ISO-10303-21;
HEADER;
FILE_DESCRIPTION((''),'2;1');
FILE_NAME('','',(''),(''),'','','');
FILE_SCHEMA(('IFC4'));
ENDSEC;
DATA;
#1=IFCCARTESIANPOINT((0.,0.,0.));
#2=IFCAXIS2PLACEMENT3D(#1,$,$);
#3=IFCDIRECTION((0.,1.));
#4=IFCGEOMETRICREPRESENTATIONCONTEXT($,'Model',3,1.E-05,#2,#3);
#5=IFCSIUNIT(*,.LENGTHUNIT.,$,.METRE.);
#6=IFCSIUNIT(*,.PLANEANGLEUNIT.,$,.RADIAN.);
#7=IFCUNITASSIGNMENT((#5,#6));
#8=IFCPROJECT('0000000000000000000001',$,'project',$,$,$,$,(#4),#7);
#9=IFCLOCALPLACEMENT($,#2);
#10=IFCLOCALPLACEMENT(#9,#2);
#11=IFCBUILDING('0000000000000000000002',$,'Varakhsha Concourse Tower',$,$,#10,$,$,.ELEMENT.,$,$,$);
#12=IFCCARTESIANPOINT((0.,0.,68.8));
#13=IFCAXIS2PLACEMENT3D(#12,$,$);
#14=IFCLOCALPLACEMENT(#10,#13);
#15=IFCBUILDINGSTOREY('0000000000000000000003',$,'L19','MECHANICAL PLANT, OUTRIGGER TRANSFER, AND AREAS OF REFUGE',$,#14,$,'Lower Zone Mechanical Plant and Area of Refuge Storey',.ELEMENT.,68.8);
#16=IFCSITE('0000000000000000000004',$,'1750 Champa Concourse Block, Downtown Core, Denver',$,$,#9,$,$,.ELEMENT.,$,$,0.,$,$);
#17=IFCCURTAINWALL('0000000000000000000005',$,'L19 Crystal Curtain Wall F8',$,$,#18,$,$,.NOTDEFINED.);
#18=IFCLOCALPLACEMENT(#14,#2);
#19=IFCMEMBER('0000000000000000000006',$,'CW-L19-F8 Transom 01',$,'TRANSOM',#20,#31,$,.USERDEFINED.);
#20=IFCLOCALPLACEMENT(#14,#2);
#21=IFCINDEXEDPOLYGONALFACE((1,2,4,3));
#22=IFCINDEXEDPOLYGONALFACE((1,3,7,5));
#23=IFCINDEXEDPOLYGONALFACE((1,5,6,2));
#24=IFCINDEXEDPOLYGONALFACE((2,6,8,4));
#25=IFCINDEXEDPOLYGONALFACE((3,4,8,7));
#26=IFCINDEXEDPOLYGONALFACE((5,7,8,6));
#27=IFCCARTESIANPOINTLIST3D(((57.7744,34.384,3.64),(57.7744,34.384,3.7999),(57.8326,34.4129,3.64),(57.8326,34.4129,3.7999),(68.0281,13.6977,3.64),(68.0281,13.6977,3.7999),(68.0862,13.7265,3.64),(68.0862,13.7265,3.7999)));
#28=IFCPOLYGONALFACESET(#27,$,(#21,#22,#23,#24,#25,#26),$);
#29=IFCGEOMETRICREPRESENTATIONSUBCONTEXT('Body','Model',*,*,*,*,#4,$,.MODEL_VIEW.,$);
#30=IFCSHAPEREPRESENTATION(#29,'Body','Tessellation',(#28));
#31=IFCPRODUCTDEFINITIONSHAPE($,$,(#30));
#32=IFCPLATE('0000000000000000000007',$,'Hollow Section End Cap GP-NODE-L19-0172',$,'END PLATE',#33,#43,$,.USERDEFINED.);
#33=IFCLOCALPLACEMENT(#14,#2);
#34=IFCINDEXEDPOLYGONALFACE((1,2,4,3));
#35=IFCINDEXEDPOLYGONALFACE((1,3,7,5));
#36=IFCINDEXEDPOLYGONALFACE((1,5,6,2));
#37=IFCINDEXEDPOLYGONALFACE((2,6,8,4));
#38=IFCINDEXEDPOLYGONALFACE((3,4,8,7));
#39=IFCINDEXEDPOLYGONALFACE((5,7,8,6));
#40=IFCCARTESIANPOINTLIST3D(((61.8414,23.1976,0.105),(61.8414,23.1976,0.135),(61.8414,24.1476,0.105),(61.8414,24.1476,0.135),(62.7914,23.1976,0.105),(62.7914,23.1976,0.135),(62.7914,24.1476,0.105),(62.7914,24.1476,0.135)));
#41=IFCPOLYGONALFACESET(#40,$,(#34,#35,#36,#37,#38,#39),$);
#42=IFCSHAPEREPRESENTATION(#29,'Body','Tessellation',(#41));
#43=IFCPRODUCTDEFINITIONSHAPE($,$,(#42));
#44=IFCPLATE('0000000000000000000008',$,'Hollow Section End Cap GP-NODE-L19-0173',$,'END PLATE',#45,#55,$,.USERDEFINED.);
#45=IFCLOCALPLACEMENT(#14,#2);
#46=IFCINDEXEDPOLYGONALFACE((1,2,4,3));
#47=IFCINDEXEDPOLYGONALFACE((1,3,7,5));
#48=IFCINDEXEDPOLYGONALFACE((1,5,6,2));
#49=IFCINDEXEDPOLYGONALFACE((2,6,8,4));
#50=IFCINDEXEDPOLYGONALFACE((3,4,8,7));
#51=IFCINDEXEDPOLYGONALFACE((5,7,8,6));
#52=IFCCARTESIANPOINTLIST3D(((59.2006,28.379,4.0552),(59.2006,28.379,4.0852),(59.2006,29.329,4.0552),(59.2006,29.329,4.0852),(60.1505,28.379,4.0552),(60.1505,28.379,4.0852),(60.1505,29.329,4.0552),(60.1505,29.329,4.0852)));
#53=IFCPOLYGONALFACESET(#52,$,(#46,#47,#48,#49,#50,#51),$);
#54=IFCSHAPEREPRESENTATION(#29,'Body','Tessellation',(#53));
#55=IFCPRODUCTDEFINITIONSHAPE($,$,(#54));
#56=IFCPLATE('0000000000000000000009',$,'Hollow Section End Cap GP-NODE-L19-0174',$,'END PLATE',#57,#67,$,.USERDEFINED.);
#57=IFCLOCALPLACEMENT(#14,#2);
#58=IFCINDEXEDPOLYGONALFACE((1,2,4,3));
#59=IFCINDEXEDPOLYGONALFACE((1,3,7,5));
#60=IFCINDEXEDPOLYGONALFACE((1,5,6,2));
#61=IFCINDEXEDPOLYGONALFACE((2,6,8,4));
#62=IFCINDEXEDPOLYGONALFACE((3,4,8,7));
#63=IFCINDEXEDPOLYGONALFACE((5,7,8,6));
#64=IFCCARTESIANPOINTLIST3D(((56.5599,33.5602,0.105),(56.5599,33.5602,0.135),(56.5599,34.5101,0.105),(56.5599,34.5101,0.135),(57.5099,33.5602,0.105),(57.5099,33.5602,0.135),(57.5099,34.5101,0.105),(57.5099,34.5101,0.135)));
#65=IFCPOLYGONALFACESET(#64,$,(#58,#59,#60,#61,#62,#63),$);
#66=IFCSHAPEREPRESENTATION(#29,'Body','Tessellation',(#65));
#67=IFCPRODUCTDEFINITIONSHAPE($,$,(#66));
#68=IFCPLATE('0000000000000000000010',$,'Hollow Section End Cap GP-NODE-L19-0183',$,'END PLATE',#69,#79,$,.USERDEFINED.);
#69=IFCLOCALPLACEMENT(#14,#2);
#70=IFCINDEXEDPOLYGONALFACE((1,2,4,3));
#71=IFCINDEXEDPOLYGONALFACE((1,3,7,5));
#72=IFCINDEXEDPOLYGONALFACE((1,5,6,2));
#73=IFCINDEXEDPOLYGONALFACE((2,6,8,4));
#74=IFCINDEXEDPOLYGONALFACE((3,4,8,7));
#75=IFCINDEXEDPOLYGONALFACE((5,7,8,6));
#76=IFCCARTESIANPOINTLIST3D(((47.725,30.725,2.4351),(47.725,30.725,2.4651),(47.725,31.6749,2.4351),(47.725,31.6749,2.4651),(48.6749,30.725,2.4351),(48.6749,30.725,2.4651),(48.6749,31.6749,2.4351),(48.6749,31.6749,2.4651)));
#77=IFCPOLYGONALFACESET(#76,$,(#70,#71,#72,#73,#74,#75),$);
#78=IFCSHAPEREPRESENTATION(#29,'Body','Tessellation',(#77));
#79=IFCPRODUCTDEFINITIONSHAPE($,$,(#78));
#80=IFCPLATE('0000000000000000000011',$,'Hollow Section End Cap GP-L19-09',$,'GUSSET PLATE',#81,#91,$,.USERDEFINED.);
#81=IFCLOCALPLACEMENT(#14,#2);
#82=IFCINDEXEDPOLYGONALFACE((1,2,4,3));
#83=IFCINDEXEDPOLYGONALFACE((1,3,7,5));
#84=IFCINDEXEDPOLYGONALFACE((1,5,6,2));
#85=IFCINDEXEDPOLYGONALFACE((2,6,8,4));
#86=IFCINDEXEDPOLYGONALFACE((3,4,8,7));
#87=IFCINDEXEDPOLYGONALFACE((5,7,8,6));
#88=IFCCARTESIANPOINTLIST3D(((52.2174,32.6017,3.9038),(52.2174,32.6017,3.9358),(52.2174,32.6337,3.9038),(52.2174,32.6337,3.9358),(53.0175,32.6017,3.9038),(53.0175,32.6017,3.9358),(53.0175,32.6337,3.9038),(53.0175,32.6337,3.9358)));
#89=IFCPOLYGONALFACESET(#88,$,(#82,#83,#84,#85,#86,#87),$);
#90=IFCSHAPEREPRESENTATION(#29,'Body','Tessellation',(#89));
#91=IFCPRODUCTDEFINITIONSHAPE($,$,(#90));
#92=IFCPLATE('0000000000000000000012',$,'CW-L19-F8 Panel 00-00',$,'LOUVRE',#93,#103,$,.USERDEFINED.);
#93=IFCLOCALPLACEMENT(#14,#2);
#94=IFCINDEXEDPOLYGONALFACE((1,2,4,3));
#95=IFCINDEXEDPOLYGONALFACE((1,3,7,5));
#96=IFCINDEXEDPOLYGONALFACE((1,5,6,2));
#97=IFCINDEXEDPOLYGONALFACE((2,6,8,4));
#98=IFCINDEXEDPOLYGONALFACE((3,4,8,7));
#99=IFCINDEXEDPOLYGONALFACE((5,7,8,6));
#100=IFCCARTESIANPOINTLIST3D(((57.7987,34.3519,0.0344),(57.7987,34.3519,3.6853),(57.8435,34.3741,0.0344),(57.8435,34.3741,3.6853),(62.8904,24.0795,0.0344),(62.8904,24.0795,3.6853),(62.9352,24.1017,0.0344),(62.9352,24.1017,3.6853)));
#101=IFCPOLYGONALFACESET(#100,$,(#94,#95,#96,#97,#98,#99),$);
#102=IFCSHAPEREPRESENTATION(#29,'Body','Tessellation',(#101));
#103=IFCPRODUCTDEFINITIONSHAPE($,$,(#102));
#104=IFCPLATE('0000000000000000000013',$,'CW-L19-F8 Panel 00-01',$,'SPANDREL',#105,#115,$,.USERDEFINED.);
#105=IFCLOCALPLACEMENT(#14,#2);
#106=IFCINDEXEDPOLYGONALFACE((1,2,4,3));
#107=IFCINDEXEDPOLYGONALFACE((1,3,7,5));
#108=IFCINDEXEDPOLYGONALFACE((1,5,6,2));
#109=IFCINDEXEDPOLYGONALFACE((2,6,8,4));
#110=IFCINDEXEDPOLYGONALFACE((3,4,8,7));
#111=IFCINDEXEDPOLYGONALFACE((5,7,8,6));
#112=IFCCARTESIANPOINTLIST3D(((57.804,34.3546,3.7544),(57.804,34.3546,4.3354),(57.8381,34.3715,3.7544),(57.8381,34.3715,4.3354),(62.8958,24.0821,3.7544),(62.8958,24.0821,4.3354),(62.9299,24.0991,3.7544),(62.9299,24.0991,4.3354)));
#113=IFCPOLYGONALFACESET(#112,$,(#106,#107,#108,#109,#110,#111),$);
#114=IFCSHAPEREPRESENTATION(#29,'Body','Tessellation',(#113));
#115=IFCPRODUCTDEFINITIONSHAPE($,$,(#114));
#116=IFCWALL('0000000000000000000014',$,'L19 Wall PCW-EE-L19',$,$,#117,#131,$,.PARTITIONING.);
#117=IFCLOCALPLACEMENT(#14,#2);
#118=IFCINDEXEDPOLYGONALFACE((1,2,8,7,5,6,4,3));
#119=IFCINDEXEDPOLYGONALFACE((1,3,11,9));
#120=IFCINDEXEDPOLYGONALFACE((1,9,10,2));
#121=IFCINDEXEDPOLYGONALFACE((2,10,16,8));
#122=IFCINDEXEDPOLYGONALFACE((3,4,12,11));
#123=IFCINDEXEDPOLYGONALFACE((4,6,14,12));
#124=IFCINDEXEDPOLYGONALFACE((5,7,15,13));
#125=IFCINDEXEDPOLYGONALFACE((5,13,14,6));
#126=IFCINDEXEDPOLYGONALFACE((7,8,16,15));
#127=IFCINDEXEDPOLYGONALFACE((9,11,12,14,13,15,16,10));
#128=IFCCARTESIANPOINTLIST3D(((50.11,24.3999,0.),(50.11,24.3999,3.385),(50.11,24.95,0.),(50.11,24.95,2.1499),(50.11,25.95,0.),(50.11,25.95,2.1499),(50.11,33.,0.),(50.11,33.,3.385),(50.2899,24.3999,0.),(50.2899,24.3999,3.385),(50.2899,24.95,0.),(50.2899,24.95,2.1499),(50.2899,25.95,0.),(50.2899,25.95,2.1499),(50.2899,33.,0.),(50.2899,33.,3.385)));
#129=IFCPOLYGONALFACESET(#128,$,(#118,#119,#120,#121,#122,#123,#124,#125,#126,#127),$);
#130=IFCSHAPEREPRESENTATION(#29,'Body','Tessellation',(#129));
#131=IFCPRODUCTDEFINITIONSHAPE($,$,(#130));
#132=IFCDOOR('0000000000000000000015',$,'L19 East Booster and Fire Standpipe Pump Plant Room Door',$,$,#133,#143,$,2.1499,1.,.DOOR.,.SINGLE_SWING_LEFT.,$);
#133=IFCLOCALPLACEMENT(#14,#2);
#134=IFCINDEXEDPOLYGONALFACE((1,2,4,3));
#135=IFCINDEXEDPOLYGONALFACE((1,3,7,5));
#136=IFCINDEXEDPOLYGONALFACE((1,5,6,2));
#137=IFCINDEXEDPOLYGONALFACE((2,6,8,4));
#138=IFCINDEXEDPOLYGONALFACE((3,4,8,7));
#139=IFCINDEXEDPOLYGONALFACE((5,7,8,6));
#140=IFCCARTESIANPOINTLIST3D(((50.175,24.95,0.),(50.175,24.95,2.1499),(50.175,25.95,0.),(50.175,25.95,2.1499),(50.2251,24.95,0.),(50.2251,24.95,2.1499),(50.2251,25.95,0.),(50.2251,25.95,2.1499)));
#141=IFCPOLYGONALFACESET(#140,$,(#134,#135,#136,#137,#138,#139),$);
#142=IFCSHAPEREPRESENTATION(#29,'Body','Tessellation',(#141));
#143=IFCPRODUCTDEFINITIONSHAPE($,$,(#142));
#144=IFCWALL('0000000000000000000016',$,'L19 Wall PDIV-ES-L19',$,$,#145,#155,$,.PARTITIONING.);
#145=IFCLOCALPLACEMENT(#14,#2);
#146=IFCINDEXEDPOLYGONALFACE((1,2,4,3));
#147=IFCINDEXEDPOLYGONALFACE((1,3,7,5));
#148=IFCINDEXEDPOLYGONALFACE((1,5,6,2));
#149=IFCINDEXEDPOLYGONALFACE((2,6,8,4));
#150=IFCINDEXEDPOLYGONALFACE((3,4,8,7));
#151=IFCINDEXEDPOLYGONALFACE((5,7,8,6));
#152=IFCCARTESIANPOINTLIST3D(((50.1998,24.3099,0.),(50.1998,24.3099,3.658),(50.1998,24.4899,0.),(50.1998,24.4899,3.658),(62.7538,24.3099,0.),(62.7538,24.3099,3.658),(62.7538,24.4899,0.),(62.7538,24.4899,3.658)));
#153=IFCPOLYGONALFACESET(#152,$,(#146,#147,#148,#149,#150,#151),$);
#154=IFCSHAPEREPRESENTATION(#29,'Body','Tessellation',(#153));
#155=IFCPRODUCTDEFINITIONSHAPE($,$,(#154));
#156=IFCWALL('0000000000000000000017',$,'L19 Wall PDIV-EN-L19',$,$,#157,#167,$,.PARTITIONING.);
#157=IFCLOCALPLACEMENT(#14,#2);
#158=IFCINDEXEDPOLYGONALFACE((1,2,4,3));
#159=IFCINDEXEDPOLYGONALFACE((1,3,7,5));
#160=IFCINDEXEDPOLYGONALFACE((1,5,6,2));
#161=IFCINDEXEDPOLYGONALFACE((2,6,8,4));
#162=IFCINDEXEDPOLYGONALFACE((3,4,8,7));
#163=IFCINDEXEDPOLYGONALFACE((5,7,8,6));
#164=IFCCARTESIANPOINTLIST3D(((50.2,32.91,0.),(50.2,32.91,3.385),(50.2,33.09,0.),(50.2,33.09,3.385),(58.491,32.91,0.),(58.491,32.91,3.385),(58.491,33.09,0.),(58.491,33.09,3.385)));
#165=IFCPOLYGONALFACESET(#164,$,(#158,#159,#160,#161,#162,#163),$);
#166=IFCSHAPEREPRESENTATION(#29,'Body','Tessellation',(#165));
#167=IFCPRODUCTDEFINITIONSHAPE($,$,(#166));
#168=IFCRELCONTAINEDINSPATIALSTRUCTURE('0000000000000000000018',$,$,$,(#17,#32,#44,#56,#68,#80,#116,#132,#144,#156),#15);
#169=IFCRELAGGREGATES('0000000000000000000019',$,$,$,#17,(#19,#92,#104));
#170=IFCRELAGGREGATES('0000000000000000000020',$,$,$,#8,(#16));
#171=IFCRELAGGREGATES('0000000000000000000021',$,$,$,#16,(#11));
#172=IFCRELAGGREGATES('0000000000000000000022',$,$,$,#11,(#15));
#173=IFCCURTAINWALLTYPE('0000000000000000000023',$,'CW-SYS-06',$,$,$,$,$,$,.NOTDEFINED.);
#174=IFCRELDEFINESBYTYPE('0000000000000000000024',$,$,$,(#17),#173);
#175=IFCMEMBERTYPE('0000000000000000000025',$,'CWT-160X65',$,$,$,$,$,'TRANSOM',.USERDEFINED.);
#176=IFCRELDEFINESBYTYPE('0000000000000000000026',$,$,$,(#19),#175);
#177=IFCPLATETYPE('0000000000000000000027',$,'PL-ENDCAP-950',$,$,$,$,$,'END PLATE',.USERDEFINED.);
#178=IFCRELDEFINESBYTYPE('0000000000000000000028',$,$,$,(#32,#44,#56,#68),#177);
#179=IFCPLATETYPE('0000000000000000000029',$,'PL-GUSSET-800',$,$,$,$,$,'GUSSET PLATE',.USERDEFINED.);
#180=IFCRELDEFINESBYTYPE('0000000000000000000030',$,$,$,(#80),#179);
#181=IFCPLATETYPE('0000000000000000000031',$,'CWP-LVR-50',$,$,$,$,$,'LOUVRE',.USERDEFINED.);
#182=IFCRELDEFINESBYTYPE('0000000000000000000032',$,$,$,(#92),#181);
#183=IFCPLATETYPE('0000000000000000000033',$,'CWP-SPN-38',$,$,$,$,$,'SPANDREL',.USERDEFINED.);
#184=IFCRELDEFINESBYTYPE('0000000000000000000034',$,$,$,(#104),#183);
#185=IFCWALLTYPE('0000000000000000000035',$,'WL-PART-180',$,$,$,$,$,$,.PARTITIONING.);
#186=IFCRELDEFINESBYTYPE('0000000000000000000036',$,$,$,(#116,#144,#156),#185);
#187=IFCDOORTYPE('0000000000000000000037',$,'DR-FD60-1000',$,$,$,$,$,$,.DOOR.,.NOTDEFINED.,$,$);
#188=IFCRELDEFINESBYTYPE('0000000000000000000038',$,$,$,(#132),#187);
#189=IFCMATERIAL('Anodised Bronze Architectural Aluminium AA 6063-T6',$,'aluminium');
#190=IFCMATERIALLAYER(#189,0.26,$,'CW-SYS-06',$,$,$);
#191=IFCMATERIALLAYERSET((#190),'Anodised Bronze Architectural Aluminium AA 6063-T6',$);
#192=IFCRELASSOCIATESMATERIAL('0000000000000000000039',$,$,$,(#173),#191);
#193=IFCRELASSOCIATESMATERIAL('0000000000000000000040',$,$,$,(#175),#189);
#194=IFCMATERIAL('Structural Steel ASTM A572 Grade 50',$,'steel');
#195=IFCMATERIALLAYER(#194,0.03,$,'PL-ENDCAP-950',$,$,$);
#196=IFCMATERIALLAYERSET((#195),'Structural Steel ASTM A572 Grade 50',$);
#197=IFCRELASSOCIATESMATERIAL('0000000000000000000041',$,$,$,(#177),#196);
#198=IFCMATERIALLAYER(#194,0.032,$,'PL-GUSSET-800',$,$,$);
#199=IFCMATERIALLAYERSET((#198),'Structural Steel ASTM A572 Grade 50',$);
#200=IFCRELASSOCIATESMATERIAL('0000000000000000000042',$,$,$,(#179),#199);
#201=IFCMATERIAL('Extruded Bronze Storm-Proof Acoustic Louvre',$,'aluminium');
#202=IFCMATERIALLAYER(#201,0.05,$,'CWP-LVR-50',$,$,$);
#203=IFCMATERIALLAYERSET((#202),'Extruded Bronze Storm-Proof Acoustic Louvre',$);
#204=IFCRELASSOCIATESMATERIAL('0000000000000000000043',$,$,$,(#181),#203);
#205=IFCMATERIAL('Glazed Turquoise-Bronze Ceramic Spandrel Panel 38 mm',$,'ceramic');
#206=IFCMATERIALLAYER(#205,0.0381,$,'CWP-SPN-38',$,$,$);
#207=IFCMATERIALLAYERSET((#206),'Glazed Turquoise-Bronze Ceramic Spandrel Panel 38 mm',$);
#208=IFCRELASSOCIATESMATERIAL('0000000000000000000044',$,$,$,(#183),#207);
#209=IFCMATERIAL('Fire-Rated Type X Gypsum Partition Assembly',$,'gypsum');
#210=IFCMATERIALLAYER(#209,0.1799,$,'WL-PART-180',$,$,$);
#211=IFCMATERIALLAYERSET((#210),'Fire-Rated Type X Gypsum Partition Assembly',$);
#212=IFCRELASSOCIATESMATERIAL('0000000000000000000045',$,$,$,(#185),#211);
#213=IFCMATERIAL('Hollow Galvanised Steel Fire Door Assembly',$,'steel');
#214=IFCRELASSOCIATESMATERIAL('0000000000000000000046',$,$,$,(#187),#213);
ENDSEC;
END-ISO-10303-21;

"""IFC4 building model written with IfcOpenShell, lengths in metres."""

from ifc_helpers import new_model, si_unit, direction, frame, frame_2d, origin, origin_2d, place, context, subcontext, project, spatial, rectangle, extrude, source, transform, mapped, material, layer, layer_set, material_profile, profile_set, type_object, type_shapes, element, fill, aggregate, save


model = new_model("IFC4")

# Units and contexts
model_context = context("Model", 3, precision=1e-05, world=origin(), true_north=direction((0.0, 1.0)))
body_context = subcontext(model_context, "Body", "Model", "MODEL_VIEW")
ifc_project = project(units=[si_unit("LENGTHUNIT", "METRE"), si_unit("PLANEANGLEUNIT", "RADIAN")], contexts=[model_context])

# Site, building, storey
site_placement = place(None, origin())
site = spatial("IfcSite", under=ifc_project, at=site_placement, Name="1750 Champa Concourse Block, Downtown Core, Denver", CompositionType="ELEMENT", RefElevation=0.0)
building_placement = place(site_placement, origin())
building = spatial("IfcBuilding", under=site, at=building_placement, Name="Varakhsha Concourse Tower", CompositionType="ELEMENT")
storey_placement = place(building_placement, frame((0.0, 0.0, 68.8)))
storey = spatial("IfcBuildingStorey", under=building, at=storey_placement, Name="L19", Description="MECHANICAL PLANT, OUTRIGGER TRANSFER, AND AREAS OF REFUGE", LongName="Lower Zone Mechanical Plant and Area of Refuge Storey", CompositionType="ELEMENT", Elevation=68.8)

# Shared definitions
ifc_material_1 = material(Name="Structural Steel ASTM A572 Grade 50", Category="steel")

# Curtain wall
ifc_material_2 = material(Name="Anodised Bronze Architectural Aluminium AA 6063-T6", Category="aluminium")
ifc_layer_1 = layer(ifc_material_2, 0.26, Name="CW-SYS-06")
ifc_layer_set_1 = layer_set([ifc_layer_1], Name="Anodised Bronze Architectural Aluminium AA 6063-T6")
curtain_wall_type = type_object("IfcCurtainWallType", Name="CW-SYS-06", PredefinedType="NOTDEFINED", material=ifc_layer_set_1)
curtain_wall_1_placement = place(storey_placement, origin())
curtain_wall_1 = element("IfcCurtainWall", 1, at=curtain_wall_1_placement, inside=storey, type_object=curtain_wall_type, Name="L19 Crystal Curtain Wall F8", PredefinedType="NOTDEFINED")

# Member
ifc_material_profile_1 = material_profile(ifc_material_2, rectangle(XDim=0.0649, YDim=0.1599, at=origin_2d()), Name="CWT-160X65")
ifc_profile_set_1 = profile_set([ifc_material_profile_1], Name="Anodised Bronze Architectural Aluminium AA 6063-T6")
member_type_1 = type_object("IfcMemberType", Name="CWT-160X65", ElementType="TRANSOM", PredefinedType="USERDEFINED", material=ifc_profile_set_1)
shared_shape_1 = source(origin(), body_context, "Body", "SweptSolid", [
    extrude(rectangle(XDim=0.0649, YDim=0.1599, at=origin_2d()), origin(), (0.0, 0.0, 1.0), 23.0881),
])
type_shapes(member_type_1, [shared_shape_1])
member_1_placement = place(storey_placement, frame((57.8035, 34.3984, 3.72), z_axis=(0.444111, -0.895972, 0.0), x_axis=(0.895972, 0.444111, 0.0)))
member_1 = element("IfcMember", 2, at=member_1_placement, type_object=member_type_1, Name="CW-L19-F8 Transom 01", ObjectType="TRANSOM", PredefinedType="USERDEFINED", context=body_context, shape_type="MappedRepresentation", body=[
    mapped(shared_shape_1, transform((0.0, 0.0, 0.0), scale=1.0)),
])

# Plates
ifc_layer_2 = layer(ifc_material_1, 0.03, Name="PL-ENDCAP-950")
ifc_layer_set_2 = layer_set([ifc_layer_2], Name="Structural Steel ASTM A572 Grade 50")
plate_type_1 = type_object("IfcPlateType", Name="PL-ENDCAP-950", ElementType="END PLATE", PredefinedType="USERDEFINED", material=ifc_layer_set_2)
shared_shape_2 = source(origin(), body_context, "Body", "SweptSolid", [
    extrude(rectangle(XDim=0.95, YDim=0.95, at=origin_2d()), origin(), (0.0, 0.0, 1.0), 0.03),
])
type_shapes(plate_type_1, [shared_shape_2])
for number, where, z_axis, x_axis, name in (
    (3, (62.3164, 23.6726, 0.105), (0.0, 0.0, 1.0), (1.0, 0.0, 0.0), "Hollow Section End Cap GP-NODE-L19-0172"),
    (4, (59.6755, 28.854, 4.0552), (0.0, 0.0, 1.0), (1.0, 0.0, 0.0), "Hollow Section End Cap GP-NODE-L19-0173"),
    (5, (57.0349, 34.0352, 0.105), (0.0, 0.0, 1.0), (1.0, 0.0, 0.0), "Hollow Section End Cap GP-NODE-L19-0174"),
    (6, (48.2, 31.2, 2.4351), (0.0, 0.0, 1.0), (1.0, 0.0, 0.0), "Hollow Section End Cap GP-NODE-L19-0183"),
):
    element("IfcPlate", number, at=place(storey_placement, frame(where, z_axis=z_axis, x_axis=x_axis)), inside=storey, type_object=plate_type_1, Name=name, ObjectType="END PLATE", PredefinedType="USERDEFINED", context=body_context, shape_type="MappedRepresentation", body=[
        mapped(shared_shape_2, transform((0.0, 0.0, 0.0), scale=1.0)),
    ])
ifc_layer_3 = layer(ifc_material_1, 0.032, Name="PL-GUSSET-800")
ifc_layer_set_3 = layer_set([ifc_layer_3], Name="Structural Steel ASTM A572 Grade 50")
plate_type_2 = type_object("IfcPlateType", Name="PL-GUSSET-800", ElementType="GUSSET PLATE", PredefinedType="USERDEFINED", material=ifc_layer_set_3)
shared_shape_3 = source(origin(), body_context, "Body", "SweptSolid", [
    extrude(rectangle(XDim=0.8, YDim=0.032, at=origin_2d()), origin(), (0.0, 0.0, 1.0), 0.032),
])
type_shapes(plate_type_2, [shared_shape_3])
plate_1_placement = place(storey_placement, frame((52.6174, 32.6177, 3.9038), z_axis=(0.0, 0.0, 1.0), x_axis=(1.0, 0.0, 0.0)))
element("IfcPlate", 7, at=plate_1_placement, inside=storey, type_object=plate_type_2, Name="Hollow Section End Cap GP-L19-09", ObjectType="GUSSET PLATE", PredefinedType="USERDEFINED", context=body_context, shape_type="MappedRepresentation", body=[
    mapped(shared_shape_3, transform((0.0, 0.0, 0.0), scale=1.0)),
])

# Plates
ifc_material_3 = material(Name="Extruded Bronze Storm-Proof Acoustic Louvre", Category="aluminium")
ifc_layer_4 = layer(ifc_material_3, 0.05, Name="CWP-LVR-50")
ifc_layer_set_4 = layer_set([ifc_layer_4], Name="Extruded Bronze Storm-Proof Acoustic Louvre")
plate_type_3 = type_object("IfcPlateType", Name="CWP-LVR-50", ElementType="LOUVRE", PredefinedType="USERDEFINED", material=ifc_layer_set_4)
shared_shape_4 = source(origin(), body_context, "Body", "SweptSolid", [
    extrude(rectangle(XDim=11.4651, YDim=0.05, at=origin_2d()), origin(), (0.0, 0.0, 1.0), 3.6509),
])
type_shapes(plate_type_3, [shared_shape_4])
plate_2_placement = place(storey_placement, frame((60.3669, 29.2268, 0.0344), z_axis=(0.0, 0.0, 1.0), x_axis=(0.444108, -0.895973, 0.0)))
plate_2 = element("IfcPlate", 8, at=plate_2_placement, type_object=plate_type_3, Name="CW-L19-F8 Panel 00-00", ObjectType="LOUVRE", PredefinedType="USERDEFINED", context=body_context, shape_type="MappedRepresentation", body=[
    mapped(shared_shape_4, transform((0.0, 0.0, 0.0), scale=1.0)),
])
ifc_material_4 = material(Name="Glazed Turquoise-Bronze Ceramic Spandrel Panel 38 mm", Category="ceramic")
ifc_layer_5 = layer(ifc_material_4, 0.0381, Name="CWP-SPN-38")
ifc_layer_set_5 = layer_set([ifc_layer_5], Name="Glazed Turquoise-Bronze Ceramic Spandrel Panel 38 mm")
plate_type_4 = type_object("IfcPlateType", Name="CWP-SPN-38", ElementType="SPANDREL", PredefinedType="USERDEFINED", material=ifc_layer_set_5)
shared_shape_5 = source(origin(), body_context, "Body", "SweptSolid", [
    extrude(rectangle(XDim=11.4651, YDim=0.0381, at=origin_2d()), origin(), (0.0, 0.0, 1.0), 0.5811),
])
type_shapes(plate_type_4, [shared_shape_5])
plate_3_placement = place(storey_placement, frame((60.3669, 29.2268, 3.7544), z_axis=(0.0, 0.0, 1.0), x_axis=(0.444108, -0.895973, 0.0)))
plate_3 = element("IfcPlate", 9, at=plate_3_placement, type_object=plate_type_4, Name="CW-L19-F8 Panel 00-01", ObjectType="SPANDREL", PredefinedType="USERDEFINED", context=body_context, shape_type="MappedRepresentation", body=[
    mapped(shared_shape_5, transform((0.0, 0.0, 0.0), scale=1.0)),
])
aggregate(curtain_wall_1, [member_1, plate_2, plate_3])

# Wall, opening, door
ifc_material_5 = material(Name="Fire-Rated Type X Gypsum Partition Assembly", Category="gypsum")
ifc_layer_6 = layer(ifc_material_5, 0.1799, Name="WL-PART-180")
ifc_layer_set_6 = layer_set([ifc_layer_6], Name="Fire-Rated Type X Gypsum Partition Assembly")
wall_type = type_object("IfcWallType", Name="WL-PART-180", PredefinedType="PARTITIONING", material=ifc_layer_set_6)
wall_1_placement = place(storey_placement, frame((50.2, 24.3999, 0.0), z_axis=(0.0, 0.0, 1.0), x_axis=(0.0, 1.0, 0.0)))
wall_1 = element("IfcWall", 10, at=wall_1_placement, inside=storey, type_object=wall_type, Name="L19 Wall PCW-EE-L19", PredefinedType="PARTITIONING", context=body_context, shape_type="SweptSolid", body=[
    extrude(rectangle(XDim=8.6001, YDim=0.1799, at=frame_2d((4.3, 0.0))), origin(), (0.0, 0.0, 1.0), 3.385),
])
opening_placement = place(wall_1_placement, frame((0.55, 0.0, 0.0)))
opening = element("IfcOpeningElement", 11, at=opening_placement, cuts=wall_1, PredefinedType="OPENING", context=body_context, shape_type="SweptSolid", body=[
    extrude(rectangle(XDim=1.0, YDim=2.1499, at=frame_2d((0.5, 1.075))), frame((0.0, 0.0999, 0.0), z_axis=(0.0, -1.0, 0.0), x_axis=(1.0, 0.0, 0.0)), (0.0, 0.0, 1.0), 0.2),
])
ifc_material_6 = material(Name="Hollow Galvanised Steel Fire Door Assembly", Category="steel")
door_type = type_object("IfcDoorType", Name="DR-FD60-1000", OperationType="NOTDEFINED", PredefinedType="DOOR", material=ifc_material_6)
door_placement = place(opening_placement, origin())
door = element("IfcDoor", 12, at=door_placement, inside=storey, type_object=door_type, Name="L19 East Booster and Fire Standpipe Pump Plant Room Door", OperationType="SINGLE_SWING_LEFT", OverallHeight=2.1499, OverallWidth=1.0, PredefinedType="DOOR", context=body_context, shape_type="SweptSolid", body=[
    extrude(rectangle(XDim=1.0, YDim=2.1499, at=frame_2d((0.5, 1.075))), frame((0.0, 0.0249, 0.0), z_axis=(0.0, -1.0, 0.0), x_axis=(1.0, 0.0, 0.0)), (0.0, 0.0, 1.0), 0.05),
])
fill(opening, door)

# Walls
wall_2_placement = place(storey_placement, frame((50.2, 24.3999, 0.0), z_axis=(0.0, 0.0, 1.0), x_axis=(1.0, 0.0, 0.0)))
element("IfcWall", 13, at=wall_2_placement, inside=storey, type_object=wall_type, Name="L19 Wall PDIV-ES-L19", PredefinedType="PARTITIONING", context=body_context, shape_type="SweptSolid", body=[
    extrude(rectangle(XDim=12.554, YDim=0.1799, at=frame_2d((6.2769, 0.0))), origin(), (0.0, 0.0, 1.0), 3.658),
])
wall_3_placement = place(storey_placement, frame((50.2, 33.0, 0.0), z_axis=(0.0, 0.0, 1.0), x_axis=(1.0, 0.0, 0.0)))
element("IfcWall", 14, at=wall_3_placement, inside=storey, type_object=wall_type, Name="L19 Wall PDIV-EN-L19", PredefinedType="PARTITIONING", context=body_context, shape_type="SweptSolid", body=[
    extrude(rectangle(XDim=8.291, YDim=0.1799, at=frame_2d((4.1455, 0.0))), origin(), (0.0, 0.0, 1.0), 3.385),
])

save(model, "model.ifc")
